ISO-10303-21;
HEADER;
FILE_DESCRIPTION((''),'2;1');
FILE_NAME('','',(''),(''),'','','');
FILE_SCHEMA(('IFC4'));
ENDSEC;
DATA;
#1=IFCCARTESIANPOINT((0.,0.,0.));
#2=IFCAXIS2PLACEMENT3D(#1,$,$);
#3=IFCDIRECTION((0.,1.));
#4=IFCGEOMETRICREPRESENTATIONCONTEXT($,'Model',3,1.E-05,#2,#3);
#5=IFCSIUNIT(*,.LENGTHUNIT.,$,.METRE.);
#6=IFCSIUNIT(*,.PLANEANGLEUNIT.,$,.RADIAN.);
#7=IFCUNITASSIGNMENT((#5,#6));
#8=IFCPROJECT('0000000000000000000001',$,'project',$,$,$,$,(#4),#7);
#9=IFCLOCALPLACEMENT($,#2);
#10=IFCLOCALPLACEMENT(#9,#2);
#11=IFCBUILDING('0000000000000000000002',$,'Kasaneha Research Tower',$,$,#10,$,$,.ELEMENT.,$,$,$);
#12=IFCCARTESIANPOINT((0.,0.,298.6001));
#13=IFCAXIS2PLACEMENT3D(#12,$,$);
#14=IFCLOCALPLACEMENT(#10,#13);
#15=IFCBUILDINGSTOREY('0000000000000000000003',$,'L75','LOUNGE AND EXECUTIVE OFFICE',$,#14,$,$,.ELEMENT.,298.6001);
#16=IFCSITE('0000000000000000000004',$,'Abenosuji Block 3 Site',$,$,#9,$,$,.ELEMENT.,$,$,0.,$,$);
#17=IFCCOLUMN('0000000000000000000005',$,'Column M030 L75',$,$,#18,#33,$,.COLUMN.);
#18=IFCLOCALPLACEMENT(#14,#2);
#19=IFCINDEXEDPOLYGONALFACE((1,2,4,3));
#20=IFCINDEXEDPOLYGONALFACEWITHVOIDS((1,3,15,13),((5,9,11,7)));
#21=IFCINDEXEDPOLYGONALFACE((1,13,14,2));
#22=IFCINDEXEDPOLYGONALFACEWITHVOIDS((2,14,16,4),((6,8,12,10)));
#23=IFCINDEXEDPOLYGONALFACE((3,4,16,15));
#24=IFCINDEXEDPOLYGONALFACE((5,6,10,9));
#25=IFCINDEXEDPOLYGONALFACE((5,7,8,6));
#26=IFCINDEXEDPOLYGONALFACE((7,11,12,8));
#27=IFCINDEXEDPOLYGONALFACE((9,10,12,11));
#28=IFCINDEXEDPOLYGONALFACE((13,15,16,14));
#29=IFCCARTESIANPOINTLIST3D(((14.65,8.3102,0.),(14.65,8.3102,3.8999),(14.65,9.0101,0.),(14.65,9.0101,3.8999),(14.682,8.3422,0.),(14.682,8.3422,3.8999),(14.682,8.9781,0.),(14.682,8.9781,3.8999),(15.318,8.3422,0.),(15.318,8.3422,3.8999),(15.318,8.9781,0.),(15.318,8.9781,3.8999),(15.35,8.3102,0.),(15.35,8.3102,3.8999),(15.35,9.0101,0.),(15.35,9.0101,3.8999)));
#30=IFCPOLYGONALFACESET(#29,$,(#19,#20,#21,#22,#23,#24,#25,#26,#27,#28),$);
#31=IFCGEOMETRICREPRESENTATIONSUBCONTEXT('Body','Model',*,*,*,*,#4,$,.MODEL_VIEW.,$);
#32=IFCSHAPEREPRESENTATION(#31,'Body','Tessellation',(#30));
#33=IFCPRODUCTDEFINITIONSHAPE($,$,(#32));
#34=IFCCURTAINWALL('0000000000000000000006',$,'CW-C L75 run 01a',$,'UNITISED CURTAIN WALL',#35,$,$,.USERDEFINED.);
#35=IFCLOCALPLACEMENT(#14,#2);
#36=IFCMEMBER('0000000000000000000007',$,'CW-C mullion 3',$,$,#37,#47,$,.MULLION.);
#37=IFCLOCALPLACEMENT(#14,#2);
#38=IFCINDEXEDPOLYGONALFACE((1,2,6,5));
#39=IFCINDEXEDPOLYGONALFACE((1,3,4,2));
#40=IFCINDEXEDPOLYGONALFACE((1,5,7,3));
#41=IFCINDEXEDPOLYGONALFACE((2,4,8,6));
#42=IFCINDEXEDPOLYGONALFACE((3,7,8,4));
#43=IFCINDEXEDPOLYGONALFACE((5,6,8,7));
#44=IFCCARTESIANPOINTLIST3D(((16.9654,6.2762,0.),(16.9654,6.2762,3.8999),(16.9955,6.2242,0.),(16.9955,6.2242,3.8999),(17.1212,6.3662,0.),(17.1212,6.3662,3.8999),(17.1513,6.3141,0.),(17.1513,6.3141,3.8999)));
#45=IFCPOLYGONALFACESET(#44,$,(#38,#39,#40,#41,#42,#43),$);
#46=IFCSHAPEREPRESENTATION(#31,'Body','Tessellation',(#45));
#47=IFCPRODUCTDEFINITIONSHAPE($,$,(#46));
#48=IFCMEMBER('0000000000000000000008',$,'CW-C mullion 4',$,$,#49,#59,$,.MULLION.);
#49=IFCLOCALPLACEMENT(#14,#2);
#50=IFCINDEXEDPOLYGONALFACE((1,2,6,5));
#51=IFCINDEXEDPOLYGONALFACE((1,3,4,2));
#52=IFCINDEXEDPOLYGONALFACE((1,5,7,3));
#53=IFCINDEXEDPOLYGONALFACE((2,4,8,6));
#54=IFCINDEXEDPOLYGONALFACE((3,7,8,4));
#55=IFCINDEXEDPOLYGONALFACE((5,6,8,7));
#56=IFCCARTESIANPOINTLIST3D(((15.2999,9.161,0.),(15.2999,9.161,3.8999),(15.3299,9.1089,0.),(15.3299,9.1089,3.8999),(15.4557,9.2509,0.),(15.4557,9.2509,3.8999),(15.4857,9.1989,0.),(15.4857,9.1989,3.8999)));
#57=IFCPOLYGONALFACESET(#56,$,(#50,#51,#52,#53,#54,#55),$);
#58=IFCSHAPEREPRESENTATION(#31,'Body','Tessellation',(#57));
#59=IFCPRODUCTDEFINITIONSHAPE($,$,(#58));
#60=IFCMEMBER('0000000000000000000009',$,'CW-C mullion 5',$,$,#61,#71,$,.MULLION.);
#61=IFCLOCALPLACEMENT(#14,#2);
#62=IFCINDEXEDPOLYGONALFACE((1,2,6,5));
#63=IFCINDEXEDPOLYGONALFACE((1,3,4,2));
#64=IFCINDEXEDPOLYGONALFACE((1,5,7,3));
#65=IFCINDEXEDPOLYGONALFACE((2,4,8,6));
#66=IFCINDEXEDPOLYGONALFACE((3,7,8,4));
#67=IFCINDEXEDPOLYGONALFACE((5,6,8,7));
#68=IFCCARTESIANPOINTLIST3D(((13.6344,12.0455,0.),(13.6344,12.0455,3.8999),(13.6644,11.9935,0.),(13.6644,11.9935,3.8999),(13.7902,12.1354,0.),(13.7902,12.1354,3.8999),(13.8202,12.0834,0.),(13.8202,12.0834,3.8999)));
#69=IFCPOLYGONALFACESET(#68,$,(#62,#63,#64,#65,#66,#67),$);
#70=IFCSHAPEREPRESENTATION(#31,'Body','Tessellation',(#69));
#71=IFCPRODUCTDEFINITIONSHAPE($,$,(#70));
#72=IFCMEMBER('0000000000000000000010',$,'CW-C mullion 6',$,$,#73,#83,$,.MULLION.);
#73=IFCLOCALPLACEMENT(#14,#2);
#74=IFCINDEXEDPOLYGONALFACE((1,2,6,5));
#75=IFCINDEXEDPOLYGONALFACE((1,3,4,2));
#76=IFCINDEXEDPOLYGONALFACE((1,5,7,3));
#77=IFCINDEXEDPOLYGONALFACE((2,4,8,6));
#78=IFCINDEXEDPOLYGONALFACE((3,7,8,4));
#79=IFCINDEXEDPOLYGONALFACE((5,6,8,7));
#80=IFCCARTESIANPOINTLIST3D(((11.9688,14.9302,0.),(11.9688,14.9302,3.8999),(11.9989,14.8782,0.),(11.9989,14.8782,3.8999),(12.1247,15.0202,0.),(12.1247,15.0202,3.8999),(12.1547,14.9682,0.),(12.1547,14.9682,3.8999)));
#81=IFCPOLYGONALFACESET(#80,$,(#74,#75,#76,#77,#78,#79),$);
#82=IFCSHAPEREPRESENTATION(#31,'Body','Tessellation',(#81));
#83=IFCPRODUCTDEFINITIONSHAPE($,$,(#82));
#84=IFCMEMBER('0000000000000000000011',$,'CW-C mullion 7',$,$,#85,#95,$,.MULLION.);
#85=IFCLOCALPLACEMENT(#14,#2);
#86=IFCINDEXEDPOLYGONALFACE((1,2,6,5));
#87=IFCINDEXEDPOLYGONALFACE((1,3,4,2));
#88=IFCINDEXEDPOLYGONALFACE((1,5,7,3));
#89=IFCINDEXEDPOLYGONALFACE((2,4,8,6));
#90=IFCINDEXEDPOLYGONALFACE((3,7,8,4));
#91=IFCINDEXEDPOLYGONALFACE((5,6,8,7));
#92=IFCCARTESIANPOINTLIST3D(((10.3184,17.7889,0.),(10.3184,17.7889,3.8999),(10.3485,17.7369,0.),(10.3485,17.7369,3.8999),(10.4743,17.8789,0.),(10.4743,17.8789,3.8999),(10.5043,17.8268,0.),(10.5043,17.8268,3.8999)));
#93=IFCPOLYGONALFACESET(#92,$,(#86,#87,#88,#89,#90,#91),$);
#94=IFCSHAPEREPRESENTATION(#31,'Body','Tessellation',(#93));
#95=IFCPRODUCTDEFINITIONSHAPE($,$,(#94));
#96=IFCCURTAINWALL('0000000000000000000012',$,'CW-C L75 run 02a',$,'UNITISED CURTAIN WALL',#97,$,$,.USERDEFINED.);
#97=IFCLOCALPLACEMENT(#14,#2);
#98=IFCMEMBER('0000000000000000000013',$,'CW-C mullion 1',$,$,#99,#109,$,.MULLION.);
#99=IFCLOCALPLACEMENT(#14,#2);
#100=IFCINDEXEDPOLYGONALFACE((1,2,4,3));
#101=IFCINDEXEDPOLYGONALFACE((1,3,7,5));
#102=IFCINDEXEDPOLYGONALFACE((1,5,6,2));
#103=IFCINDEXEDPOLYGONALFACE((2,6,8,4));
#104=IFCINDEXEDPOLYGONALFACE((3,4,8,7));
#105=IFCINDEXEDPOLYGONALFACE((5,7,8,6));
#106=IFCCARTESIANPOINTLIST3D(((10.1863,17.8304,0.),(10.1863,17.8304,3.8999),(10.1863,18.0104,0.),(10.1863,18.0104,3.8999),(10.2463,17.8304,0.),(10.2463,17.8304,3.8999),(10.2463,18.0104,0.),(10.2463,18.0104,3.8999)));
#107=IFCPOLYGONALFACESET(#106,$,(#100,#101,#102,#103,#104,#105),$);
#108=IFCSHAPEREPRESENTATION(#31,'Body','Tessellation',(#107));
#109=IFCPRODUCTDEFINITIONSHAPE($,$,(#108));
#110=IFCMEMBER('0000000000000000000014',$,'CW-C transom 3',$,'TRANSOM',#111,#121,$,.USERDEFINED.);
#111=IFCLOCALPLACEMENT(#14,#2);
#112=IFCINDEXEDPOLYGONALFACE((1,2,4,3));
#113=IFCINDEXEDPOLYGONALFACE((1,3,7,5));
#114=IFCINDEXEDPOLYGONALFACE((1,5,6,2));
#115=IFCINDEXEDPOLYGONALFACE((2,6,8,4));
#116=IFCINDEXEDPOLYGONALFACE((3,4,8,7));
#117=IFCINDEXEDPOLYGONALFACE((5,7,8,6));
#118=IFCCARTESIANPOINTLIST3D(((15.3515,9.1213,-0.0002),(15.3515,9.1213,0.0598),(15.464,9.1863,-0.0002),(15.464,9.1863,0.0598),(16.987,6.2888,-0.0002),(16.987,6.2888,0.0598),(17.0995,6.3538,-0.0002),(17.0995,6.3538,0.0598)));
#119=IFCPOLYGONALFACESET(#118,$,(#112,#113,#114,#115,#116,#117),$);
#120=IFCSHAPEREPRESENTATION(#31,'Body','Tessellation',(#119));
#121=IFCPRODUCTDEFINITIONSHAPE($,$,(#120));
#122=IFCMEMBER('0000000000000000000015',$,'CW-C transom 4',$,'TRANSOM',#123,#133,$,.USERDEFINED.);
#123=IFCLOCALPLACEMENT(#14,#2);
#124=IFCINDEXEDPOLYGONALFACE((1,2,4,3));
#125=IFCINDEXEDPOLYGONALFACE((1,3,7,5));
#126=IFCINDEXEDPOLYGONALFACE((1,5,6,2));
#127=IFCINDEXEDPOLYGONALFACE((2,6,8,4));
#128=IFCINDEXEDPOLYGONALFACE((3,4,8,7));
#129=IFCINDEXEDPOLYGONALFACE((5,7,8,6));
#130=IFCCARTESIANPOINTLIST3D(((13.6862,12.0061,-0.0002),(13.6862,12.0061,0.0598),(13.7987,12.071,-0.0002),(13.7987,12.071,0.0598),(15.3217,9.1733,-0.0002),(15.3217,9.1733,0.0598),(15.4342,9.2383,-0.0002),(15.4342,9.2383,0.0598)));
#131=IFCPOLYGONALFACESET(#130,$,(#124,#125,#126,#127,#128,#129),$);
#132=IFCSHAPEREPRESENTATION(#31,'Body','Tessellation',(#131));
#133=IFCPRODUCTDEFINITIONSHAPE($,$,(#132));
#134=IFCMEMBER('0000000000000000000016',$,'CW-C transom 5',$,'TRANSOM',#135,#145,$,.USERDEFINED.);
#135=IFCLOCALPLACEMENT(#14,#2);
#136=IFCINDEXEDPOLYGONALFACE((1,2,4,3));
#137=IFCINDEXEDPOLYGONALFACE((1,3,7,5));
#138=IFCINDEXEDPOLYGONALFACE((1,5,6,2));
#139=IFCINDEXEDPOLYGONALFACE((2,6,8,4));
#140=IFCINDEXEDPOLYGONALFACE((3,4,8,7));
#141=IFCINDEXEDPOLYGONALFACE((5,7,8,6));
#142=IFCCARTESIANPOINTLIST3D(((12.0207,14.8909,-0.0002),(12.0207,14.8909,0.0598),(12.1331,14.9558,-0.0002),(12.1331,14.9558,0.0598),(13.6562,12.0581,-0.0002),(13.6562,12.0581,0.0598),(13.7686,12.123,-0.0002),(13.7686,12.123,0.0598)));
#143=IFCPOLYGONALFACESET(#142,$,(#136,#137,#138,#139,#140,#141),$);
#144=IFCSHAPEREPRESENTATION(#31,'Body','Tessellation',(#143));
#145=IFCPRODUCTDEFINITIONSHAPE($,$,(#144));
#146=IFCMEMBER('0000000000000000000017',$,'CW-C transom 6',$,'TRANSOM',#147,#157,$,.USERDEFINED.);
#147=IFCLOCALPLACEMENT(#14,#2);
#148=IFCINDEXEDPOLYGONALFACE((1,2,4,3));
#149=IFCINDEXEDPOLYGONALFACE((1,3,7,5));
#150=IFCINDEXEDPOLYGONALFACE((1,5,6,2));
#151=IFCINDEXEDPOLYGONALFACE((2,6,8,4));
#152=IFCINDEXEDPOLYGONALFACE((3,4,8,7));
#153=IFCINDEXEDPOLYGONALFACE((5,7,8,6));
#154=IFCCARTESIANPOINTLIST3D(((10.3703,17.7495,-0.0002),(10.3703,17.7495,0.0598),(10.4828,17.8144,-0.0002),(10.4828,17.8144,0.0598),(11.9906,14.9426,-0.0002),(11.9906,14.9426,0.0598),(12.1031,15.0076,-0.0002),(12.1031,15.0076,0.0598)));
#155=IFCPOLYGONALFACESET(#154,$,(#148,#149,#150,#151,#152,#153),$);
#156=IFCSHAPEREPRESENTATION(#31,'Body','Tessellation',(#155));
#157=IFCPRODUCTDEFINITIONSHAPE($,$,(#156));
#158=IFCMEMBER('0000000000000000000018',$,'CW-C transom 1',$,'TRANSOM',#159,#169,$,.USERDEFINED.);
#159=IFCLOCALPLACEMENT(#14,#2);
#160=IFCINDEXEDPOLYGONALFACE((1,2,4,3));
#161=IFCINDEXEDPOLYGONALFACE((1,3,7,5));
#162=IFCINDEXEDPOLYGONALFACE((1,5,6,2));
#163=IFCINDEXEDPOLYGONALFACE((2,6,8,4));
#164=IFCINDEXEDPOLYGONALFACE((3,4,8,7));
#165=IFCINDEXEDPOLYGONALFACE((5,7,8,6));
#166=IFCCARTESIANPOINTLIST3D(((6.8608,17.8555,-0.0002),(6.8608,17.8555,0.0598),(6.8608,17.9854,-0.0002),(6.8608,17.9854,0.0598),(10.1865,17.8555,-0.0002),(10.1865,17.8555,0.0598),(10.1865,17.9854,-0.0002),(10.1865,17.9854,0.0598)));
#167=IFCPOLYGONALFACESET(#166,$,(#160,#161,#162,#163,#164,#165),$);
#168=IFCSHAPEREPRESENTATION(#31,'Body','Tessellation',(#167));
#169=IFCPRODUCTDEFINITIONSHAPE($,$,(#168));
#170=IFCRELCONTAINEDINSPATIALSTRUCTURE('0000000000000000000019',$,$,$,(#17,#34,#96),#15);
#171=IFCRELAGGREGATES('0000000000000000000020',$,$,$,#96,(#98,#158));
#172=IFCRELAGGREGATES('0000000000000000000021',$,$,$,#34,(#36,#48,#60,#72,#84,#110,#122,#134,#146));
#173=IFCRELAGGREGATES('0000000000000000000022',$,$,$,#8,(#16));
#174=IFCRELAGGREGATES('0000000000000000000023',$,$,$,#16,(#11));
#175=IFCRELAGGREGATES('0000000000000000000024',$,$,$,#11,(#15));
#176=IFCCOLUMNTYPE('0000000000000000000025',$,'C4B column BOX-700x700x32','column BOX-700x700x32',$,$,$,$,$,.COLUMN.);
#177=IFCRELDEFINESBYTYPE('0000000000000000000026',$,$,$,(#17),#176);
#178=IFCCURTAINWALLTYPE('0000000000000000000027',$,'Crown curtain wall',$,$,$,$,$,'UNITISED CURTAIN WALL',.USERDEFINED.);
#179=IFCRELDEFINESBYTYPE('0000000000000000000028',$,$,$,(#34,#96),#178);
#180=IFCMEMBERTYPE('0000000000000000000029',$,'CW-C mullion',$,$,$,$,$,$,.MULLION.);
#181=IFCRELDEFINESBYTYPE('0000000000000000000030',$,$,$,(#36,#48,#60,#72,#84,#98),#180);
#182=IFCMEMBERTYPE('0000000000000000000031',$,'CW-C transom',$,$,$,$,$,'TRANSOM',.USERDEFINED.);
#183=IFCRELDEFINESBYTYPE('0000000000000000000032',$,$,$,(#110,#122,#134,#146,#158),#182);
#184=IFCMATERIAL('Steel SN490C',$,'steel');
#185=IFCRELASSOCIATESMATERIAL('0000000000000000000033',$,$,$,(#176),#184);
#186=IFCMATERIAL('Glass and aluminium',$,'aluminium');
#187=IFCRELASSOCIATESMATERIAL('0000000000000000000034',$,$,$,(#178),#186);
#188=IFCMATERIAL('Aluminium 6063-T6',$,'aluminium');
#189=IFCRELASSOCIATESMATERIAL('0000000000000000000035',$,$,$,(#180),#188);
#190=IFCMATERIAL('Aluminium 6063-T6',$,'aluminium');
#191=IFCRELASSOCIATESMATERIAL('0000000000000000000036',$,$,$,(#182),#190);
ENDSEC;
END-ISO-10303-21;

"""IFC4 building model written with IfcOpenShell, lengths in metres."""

from ifc_helpers import new_model, si_unit, direction, frame, origin, origin_2d, place, context, subcontext, project, spatial, rectangle, hollow_rectangle, extrude, material, material_profile, profile_set, type_object, element, aggregate, save


model = new_model("IFC4")

# Units and contexts
model_context = context("Model", 3, precision=1e-05, world=origin(), true_north=direction((0.0, 1.0)))
body_context = subcontext(model_context, "Body", "Model", "MODEL_VIEW")
ifc_project = project(units=[si_unit("LENGTHUNIT", "METRE"), si_unit("PLANEANGLEUNIT", "RADIAN")], contexts=[model_context])

# Site, building, storey
site_placement = place(None, origin())
site = spatial("IfcSite", under=ifc_project, at=site_placement, Name="Abenosuji Block 3 Site", CompositionType="ELEMENT", RefElevation=0.0)
building_placement = place(site_placement, origin())
building = spatial("IfcBuilding", under=site, at=building_placement, Name="Kasaneha Research Tower", CompositionType="ELEMENT")
storey_placement = place(building_placement, frame((0.0, 0.0, 298.6001)))
storey = spatial("IfcBuildingStorey", under=building, at=storey_placement, Name="L75", Description="LOUNGE AND EXECUTIVE OFFICE", CompositionType="ELEMENT", Elevation=298.6001)

# Column
ifc_material_1 = material(Name="Steel SN490C", Category="steel")
ifc_material_profile_1 = material_profile(ifc_material_1, hollow_rectangle(XDim=0.7, YDim=0.7, WallThickness=0.032, at=origin_2d()), Name="BOX-700x700x32")
ifc_profile_set_1 = profile_set([ifc_material_profile_1], Name="Steel SN490C")
column_type = type_object("IfcColumnType", Name="C4B column BOX-700x700x32", Description="column BOX-700x700x32", PredefinedType="COLUMN", material=ifc_profile_set_1)
column_placement = place(storey_placement, frame((15.0, 8.6602, 0.0), z_axis=(0.0, 0.0, 1.0), x_axis=(1.0, 0.0, 0.0)))
element("IfcColumn", 1, at=column_placement, inside=storey, type_object=column_type, Name="Column M030 L75", PredefinedType="COLUMN", context=body_context, shape_type="SweptSolid", body=[
    extrude(hollow_rectangle(XDim=0.7, YDim=0.7, WallThickness=0.032, at=origin_2d()), origin(), (0.0, 0.0, 1.0), 3.8999),
])

# Curtain wall, members
ifc_material_2 = material(Name="Glass and aluminium", Category="aluminium")
curtain_wall_type = type_object("IfcCurtainWallType", Name="Crown curtain wall", ElementType="UNITISED CURTAIN WALL", PredefinedType="USERDEFINED", material=ifc_material_2)
curtain_wall_1_placement = place(storey_placement, origin())
curtain_wall_1 = element("IfcCurtainWall", 2, at=curtain_wall_1_placement, inside=storey, type_object=curtain_wall_type, Name="CW-C L75 run 01a", ObjectType="UNITISED CURTAIN WALL", PredefinedType="USERDEFINED")
ifc_material_3 = material(Name="Aluminium 6063-T6", Category="aluminium")
ifc_material_profile_2 = material_profile(ifc_material_3, rectangle(XDim=0.0601, YDim=0.1799, at=origin_2d()), Name="CW-C mullion 60x180")
ifc_profile_set_2 = profile_set([ifc_material_profile_2], Name="Aluminium 6063-T6")
member_type_1 = type_object("IfcMemberType", Name="CW-C mullion", PredefinedType="MULLION", material=ifc_profile_set_2)
member_1_placement = place(storey_placement, frame((17.0583, 6.2952, 0.0), z_axis=(0.0, 0.0, 1.0), x_axis=(-0.5, 0.866025, 0.0)))
member_1 = element("IfcMember", 3, at=member_1_placement, type_object=member_type_1, Name="CW-C mullion 3", PredefinedType="MULLION", context=body_context, shape_type="SweptSolid", body=[
    extrude(rectangle(XDim=0.0601, YDim=0.1799, at=origin_2d()), origin(), (0.0, 0.0, 1.0), 3.8999),
])
member_2_placement = place(storey_placement, frame((15.3928, 9.1799, 0.0), z_axis=(0.0, 0.0, 1.0), x_axis=(-0.5, 0.866025, 0.0)))
member_2 = element("IfcMember", 4, at=member_2_placement, type_object=member_type_1, Name="CW-C mullion 4", PredefinedType="MULLION", context=body_context, shape_type="SweptSolid", body=[
    extrude(rectangle(XDim=0.0601, YDim=0.1799, at=origin_2d()), origin(), (0.0, 0.0, 1.0), 3.8999),
])
member_3_placement = place(storey_placement, frame((13.7273, 12.0645, 0.0), z_axis=(0.0, 0.0, 1.0), x_axis=(-0.5, 0.866025, 0.0)))
member_3 = element("IfcMember", 5, at=member_3_placement, type_object=member_type_1, Name="CW-C mullion 5", PredefinedType="MULLION", context=body_context, shape_type="SweptSolid", body=[
    extrude(rectangle(XDim=0.0601, YDim=0.1799, at=origin_2d()), origin(), (0.0, 0.0, 1.0), 3.8999),
])
member_4_placement = place(storey_placement, frame((12.0618, 14.9492, 0.0), z_axis=(0.0, 0.0, 1.0), x_axis=(-0.5, 0.866025, 0.0)))
member_4 = element("IfcMember", 6, at=member_4_placement, type_object=member_type_1, Name="CW-C mullion 6", PredefinedType="MULLION", context=body_context, shape_type="SweptSolid", body=[
    extrude(rectangle(XDim=0.0601, YDim=0.1799, at=origin_2d()), origin(), (0.0, 0.0, 1.0), 3.8999),
])
member_5_placement = place(storey_placement, frame((10.4114, 17.8079, 0.0), z_axis=(0.0, 0.0, 1.0), x_axis=(-0.5, 0.866025, 0.0)))
member_5 = element("IfcMember", 7, at=member_5_placement, type_object=member_type_1, Name="CW-C mullion 7", PredefinedType="MULLION", context=body_context, shape_type="SweptSolid", body=[
    extrude(rectangle(XDim=0.0601, YDim=0.1799, at=origin_2d()), origin(), (0.0, 0.0, 1.0), 3.8999),
])

# Curtain wall, member
curtain_wall_2_placement = place(storey_placement, origin())
curtain_wall_2 = element("IfcCurtainWall", 8, at=curtain_wall_2_placement, inside=storey, type_object=curtain_wall_type, Name="CW-C L75 run 02a", ObjectType="UNITISED CURTAIN WALL", PredefinedType="USERDEFINED")
member_6_placement = place(storey_placement, frame((10.2163, 17.9204, 0.0), z_axis=(0.0, 0.0, 1.0), x_axis=(-1.0, 0.0, 0.0)))
member_6 = element("IfcMember", 9, at=member_6_placement, type_object=member_type_1, Name="CW-C mullion 1", PredefinedType="MULLION", context=body_context, shape_type="SweptSolid", body=[
    extrude(rectangle(XDim=0.0601, YDim=0.1799, at=origin_2d()), origin(), (0.0, 0.0, 1.0), 3.8999),
])

# Members
ifc_material_4 = material(Name="Aluminium 6063-T6", Category="aluminium")
ifc_material_profile_3 = material_profile(ifc_material_4, rectangle(XDim=0.1299, YDim=0.0601, at=origin_2d()), Name="CW-C transom 130x60")
ifc_profile_set_3 = profile_set([ifc_material_profile_3], Name="Aluminium 6063-T6")
member_type_2 = type_object("IfcMemberType", Name="CW-C transom", ElementType="TRANSOM", PredefinedType="USERDEFINED", material=ifc_profile_set_3)
member_7_placement = place(storey_placement, frame((17.0432, 6.3213, 0.0298), z_axis=(-0.500033, 0.866007, 0.0), x_axis=(-0.866007, -0.500033, 0.0)))
member_7 = element("IfcMember", 10, at=member_7_placement, type_object=member_type_2, Name="CW-C transom 3", ObjectType="TRANSOM", PredefinedType="USERDEFINED", context=body_context, shape_type="SweptSolid", body=[
    extrude(rectangle(XDim=0.1299, YDim=0.0601, at=origin_2d()), origin(), (0.0, 0.0, 1.0), 3.2708),
])
member_8_placement = place(storey_placement, frame((15.3779, 9.2058, 0.0298), z_axis=(-0.5, 0.866025, 0.0), x_axis=(-0.866025, -0.5, 0.0)))
member_8 = element("IfcMember", 11, at=member_8_placement, type_object=member_type_2, Name="CW-C transom 4", ObjectType="TRANSOM", PredefinedType="USERDEFINED", context=body_context, shape_type="SweptSolid", body=[
    extrude(rectangle(XDim=0.1299, YDim=0.0601, at=origin_2d()), origin(), (0.0, 0.0, 1.0), 3.271),
])
member_9_placement = place(storey_placement, frame((13.7124, 12.0906, 0.0298), z_axis=(-0.5, 0.866025, 0.0), x_axis=(-0.866025, -0.5, 0.0)))
member_9 = element("IfcMember", 12, at=member_9_placement, type_object=member_type_2, Name="CW-C transom 5", ObjectType="TRANSOM", PredefinedType="USERDEFINED", context=body_context, shape_type="SweptSolid", body=[
    extrude(rectangle(XDim=0.1299, YDim=0.0601, at=origin_2d()), origin(), (0.0, 0.0, 1.0), 3.271),
])
member_10_placement = place(storey_placement, frame((12.0469, 14.9751, 0.0298), z_axis=(-0.499955, 0.866051, 0.0), x_axis=(-0.866051, -0.499955, 0.0)))
member_10 = element("IfcMember", 13, at=member_10_placement, type_object=member_type_2, Name="CW-C transom 6", ObjectType="TRANSOM", PredefinedType="USERDEFINED", context=body_context, shape_type="SweptSolid", body=[
    extrude(rectangle(XDim=0.1299, YDim=0.0601, at=origin_2d()), origin(), (0.0, 0.0, 1.0), 3.241),
])
member_11_placement = place(storey_placement, frame((10.1865, 17.9204, 0.0298), z_axis=(-1.0, 0.0, 0.0), x_axis=(0.0, -1.0, 0.0)))
member_11 = element("IfcMember", 14, at=member_11_placement, type_object=member_type_2, Name="CW-C transom 1", ObjectType="TRANSOM", PredefinedType="USERDEFINED", context=body_context, shape_type="SweptSolid", body=[
    extrude(rectangle(XDim=0.1299, YDim=0.0601, at=origin_2d()), origin(), (0.0, 0.0, 1.0), 3.3257),
])
aggregate(curtain_wall_2, [member_6, member_11])

aggregate(curtain_wall_1, [member_1, member_2, member_3, member_4, member_5, member_7, member_8, member_9, member_10])

save(model, "model.ifc")
